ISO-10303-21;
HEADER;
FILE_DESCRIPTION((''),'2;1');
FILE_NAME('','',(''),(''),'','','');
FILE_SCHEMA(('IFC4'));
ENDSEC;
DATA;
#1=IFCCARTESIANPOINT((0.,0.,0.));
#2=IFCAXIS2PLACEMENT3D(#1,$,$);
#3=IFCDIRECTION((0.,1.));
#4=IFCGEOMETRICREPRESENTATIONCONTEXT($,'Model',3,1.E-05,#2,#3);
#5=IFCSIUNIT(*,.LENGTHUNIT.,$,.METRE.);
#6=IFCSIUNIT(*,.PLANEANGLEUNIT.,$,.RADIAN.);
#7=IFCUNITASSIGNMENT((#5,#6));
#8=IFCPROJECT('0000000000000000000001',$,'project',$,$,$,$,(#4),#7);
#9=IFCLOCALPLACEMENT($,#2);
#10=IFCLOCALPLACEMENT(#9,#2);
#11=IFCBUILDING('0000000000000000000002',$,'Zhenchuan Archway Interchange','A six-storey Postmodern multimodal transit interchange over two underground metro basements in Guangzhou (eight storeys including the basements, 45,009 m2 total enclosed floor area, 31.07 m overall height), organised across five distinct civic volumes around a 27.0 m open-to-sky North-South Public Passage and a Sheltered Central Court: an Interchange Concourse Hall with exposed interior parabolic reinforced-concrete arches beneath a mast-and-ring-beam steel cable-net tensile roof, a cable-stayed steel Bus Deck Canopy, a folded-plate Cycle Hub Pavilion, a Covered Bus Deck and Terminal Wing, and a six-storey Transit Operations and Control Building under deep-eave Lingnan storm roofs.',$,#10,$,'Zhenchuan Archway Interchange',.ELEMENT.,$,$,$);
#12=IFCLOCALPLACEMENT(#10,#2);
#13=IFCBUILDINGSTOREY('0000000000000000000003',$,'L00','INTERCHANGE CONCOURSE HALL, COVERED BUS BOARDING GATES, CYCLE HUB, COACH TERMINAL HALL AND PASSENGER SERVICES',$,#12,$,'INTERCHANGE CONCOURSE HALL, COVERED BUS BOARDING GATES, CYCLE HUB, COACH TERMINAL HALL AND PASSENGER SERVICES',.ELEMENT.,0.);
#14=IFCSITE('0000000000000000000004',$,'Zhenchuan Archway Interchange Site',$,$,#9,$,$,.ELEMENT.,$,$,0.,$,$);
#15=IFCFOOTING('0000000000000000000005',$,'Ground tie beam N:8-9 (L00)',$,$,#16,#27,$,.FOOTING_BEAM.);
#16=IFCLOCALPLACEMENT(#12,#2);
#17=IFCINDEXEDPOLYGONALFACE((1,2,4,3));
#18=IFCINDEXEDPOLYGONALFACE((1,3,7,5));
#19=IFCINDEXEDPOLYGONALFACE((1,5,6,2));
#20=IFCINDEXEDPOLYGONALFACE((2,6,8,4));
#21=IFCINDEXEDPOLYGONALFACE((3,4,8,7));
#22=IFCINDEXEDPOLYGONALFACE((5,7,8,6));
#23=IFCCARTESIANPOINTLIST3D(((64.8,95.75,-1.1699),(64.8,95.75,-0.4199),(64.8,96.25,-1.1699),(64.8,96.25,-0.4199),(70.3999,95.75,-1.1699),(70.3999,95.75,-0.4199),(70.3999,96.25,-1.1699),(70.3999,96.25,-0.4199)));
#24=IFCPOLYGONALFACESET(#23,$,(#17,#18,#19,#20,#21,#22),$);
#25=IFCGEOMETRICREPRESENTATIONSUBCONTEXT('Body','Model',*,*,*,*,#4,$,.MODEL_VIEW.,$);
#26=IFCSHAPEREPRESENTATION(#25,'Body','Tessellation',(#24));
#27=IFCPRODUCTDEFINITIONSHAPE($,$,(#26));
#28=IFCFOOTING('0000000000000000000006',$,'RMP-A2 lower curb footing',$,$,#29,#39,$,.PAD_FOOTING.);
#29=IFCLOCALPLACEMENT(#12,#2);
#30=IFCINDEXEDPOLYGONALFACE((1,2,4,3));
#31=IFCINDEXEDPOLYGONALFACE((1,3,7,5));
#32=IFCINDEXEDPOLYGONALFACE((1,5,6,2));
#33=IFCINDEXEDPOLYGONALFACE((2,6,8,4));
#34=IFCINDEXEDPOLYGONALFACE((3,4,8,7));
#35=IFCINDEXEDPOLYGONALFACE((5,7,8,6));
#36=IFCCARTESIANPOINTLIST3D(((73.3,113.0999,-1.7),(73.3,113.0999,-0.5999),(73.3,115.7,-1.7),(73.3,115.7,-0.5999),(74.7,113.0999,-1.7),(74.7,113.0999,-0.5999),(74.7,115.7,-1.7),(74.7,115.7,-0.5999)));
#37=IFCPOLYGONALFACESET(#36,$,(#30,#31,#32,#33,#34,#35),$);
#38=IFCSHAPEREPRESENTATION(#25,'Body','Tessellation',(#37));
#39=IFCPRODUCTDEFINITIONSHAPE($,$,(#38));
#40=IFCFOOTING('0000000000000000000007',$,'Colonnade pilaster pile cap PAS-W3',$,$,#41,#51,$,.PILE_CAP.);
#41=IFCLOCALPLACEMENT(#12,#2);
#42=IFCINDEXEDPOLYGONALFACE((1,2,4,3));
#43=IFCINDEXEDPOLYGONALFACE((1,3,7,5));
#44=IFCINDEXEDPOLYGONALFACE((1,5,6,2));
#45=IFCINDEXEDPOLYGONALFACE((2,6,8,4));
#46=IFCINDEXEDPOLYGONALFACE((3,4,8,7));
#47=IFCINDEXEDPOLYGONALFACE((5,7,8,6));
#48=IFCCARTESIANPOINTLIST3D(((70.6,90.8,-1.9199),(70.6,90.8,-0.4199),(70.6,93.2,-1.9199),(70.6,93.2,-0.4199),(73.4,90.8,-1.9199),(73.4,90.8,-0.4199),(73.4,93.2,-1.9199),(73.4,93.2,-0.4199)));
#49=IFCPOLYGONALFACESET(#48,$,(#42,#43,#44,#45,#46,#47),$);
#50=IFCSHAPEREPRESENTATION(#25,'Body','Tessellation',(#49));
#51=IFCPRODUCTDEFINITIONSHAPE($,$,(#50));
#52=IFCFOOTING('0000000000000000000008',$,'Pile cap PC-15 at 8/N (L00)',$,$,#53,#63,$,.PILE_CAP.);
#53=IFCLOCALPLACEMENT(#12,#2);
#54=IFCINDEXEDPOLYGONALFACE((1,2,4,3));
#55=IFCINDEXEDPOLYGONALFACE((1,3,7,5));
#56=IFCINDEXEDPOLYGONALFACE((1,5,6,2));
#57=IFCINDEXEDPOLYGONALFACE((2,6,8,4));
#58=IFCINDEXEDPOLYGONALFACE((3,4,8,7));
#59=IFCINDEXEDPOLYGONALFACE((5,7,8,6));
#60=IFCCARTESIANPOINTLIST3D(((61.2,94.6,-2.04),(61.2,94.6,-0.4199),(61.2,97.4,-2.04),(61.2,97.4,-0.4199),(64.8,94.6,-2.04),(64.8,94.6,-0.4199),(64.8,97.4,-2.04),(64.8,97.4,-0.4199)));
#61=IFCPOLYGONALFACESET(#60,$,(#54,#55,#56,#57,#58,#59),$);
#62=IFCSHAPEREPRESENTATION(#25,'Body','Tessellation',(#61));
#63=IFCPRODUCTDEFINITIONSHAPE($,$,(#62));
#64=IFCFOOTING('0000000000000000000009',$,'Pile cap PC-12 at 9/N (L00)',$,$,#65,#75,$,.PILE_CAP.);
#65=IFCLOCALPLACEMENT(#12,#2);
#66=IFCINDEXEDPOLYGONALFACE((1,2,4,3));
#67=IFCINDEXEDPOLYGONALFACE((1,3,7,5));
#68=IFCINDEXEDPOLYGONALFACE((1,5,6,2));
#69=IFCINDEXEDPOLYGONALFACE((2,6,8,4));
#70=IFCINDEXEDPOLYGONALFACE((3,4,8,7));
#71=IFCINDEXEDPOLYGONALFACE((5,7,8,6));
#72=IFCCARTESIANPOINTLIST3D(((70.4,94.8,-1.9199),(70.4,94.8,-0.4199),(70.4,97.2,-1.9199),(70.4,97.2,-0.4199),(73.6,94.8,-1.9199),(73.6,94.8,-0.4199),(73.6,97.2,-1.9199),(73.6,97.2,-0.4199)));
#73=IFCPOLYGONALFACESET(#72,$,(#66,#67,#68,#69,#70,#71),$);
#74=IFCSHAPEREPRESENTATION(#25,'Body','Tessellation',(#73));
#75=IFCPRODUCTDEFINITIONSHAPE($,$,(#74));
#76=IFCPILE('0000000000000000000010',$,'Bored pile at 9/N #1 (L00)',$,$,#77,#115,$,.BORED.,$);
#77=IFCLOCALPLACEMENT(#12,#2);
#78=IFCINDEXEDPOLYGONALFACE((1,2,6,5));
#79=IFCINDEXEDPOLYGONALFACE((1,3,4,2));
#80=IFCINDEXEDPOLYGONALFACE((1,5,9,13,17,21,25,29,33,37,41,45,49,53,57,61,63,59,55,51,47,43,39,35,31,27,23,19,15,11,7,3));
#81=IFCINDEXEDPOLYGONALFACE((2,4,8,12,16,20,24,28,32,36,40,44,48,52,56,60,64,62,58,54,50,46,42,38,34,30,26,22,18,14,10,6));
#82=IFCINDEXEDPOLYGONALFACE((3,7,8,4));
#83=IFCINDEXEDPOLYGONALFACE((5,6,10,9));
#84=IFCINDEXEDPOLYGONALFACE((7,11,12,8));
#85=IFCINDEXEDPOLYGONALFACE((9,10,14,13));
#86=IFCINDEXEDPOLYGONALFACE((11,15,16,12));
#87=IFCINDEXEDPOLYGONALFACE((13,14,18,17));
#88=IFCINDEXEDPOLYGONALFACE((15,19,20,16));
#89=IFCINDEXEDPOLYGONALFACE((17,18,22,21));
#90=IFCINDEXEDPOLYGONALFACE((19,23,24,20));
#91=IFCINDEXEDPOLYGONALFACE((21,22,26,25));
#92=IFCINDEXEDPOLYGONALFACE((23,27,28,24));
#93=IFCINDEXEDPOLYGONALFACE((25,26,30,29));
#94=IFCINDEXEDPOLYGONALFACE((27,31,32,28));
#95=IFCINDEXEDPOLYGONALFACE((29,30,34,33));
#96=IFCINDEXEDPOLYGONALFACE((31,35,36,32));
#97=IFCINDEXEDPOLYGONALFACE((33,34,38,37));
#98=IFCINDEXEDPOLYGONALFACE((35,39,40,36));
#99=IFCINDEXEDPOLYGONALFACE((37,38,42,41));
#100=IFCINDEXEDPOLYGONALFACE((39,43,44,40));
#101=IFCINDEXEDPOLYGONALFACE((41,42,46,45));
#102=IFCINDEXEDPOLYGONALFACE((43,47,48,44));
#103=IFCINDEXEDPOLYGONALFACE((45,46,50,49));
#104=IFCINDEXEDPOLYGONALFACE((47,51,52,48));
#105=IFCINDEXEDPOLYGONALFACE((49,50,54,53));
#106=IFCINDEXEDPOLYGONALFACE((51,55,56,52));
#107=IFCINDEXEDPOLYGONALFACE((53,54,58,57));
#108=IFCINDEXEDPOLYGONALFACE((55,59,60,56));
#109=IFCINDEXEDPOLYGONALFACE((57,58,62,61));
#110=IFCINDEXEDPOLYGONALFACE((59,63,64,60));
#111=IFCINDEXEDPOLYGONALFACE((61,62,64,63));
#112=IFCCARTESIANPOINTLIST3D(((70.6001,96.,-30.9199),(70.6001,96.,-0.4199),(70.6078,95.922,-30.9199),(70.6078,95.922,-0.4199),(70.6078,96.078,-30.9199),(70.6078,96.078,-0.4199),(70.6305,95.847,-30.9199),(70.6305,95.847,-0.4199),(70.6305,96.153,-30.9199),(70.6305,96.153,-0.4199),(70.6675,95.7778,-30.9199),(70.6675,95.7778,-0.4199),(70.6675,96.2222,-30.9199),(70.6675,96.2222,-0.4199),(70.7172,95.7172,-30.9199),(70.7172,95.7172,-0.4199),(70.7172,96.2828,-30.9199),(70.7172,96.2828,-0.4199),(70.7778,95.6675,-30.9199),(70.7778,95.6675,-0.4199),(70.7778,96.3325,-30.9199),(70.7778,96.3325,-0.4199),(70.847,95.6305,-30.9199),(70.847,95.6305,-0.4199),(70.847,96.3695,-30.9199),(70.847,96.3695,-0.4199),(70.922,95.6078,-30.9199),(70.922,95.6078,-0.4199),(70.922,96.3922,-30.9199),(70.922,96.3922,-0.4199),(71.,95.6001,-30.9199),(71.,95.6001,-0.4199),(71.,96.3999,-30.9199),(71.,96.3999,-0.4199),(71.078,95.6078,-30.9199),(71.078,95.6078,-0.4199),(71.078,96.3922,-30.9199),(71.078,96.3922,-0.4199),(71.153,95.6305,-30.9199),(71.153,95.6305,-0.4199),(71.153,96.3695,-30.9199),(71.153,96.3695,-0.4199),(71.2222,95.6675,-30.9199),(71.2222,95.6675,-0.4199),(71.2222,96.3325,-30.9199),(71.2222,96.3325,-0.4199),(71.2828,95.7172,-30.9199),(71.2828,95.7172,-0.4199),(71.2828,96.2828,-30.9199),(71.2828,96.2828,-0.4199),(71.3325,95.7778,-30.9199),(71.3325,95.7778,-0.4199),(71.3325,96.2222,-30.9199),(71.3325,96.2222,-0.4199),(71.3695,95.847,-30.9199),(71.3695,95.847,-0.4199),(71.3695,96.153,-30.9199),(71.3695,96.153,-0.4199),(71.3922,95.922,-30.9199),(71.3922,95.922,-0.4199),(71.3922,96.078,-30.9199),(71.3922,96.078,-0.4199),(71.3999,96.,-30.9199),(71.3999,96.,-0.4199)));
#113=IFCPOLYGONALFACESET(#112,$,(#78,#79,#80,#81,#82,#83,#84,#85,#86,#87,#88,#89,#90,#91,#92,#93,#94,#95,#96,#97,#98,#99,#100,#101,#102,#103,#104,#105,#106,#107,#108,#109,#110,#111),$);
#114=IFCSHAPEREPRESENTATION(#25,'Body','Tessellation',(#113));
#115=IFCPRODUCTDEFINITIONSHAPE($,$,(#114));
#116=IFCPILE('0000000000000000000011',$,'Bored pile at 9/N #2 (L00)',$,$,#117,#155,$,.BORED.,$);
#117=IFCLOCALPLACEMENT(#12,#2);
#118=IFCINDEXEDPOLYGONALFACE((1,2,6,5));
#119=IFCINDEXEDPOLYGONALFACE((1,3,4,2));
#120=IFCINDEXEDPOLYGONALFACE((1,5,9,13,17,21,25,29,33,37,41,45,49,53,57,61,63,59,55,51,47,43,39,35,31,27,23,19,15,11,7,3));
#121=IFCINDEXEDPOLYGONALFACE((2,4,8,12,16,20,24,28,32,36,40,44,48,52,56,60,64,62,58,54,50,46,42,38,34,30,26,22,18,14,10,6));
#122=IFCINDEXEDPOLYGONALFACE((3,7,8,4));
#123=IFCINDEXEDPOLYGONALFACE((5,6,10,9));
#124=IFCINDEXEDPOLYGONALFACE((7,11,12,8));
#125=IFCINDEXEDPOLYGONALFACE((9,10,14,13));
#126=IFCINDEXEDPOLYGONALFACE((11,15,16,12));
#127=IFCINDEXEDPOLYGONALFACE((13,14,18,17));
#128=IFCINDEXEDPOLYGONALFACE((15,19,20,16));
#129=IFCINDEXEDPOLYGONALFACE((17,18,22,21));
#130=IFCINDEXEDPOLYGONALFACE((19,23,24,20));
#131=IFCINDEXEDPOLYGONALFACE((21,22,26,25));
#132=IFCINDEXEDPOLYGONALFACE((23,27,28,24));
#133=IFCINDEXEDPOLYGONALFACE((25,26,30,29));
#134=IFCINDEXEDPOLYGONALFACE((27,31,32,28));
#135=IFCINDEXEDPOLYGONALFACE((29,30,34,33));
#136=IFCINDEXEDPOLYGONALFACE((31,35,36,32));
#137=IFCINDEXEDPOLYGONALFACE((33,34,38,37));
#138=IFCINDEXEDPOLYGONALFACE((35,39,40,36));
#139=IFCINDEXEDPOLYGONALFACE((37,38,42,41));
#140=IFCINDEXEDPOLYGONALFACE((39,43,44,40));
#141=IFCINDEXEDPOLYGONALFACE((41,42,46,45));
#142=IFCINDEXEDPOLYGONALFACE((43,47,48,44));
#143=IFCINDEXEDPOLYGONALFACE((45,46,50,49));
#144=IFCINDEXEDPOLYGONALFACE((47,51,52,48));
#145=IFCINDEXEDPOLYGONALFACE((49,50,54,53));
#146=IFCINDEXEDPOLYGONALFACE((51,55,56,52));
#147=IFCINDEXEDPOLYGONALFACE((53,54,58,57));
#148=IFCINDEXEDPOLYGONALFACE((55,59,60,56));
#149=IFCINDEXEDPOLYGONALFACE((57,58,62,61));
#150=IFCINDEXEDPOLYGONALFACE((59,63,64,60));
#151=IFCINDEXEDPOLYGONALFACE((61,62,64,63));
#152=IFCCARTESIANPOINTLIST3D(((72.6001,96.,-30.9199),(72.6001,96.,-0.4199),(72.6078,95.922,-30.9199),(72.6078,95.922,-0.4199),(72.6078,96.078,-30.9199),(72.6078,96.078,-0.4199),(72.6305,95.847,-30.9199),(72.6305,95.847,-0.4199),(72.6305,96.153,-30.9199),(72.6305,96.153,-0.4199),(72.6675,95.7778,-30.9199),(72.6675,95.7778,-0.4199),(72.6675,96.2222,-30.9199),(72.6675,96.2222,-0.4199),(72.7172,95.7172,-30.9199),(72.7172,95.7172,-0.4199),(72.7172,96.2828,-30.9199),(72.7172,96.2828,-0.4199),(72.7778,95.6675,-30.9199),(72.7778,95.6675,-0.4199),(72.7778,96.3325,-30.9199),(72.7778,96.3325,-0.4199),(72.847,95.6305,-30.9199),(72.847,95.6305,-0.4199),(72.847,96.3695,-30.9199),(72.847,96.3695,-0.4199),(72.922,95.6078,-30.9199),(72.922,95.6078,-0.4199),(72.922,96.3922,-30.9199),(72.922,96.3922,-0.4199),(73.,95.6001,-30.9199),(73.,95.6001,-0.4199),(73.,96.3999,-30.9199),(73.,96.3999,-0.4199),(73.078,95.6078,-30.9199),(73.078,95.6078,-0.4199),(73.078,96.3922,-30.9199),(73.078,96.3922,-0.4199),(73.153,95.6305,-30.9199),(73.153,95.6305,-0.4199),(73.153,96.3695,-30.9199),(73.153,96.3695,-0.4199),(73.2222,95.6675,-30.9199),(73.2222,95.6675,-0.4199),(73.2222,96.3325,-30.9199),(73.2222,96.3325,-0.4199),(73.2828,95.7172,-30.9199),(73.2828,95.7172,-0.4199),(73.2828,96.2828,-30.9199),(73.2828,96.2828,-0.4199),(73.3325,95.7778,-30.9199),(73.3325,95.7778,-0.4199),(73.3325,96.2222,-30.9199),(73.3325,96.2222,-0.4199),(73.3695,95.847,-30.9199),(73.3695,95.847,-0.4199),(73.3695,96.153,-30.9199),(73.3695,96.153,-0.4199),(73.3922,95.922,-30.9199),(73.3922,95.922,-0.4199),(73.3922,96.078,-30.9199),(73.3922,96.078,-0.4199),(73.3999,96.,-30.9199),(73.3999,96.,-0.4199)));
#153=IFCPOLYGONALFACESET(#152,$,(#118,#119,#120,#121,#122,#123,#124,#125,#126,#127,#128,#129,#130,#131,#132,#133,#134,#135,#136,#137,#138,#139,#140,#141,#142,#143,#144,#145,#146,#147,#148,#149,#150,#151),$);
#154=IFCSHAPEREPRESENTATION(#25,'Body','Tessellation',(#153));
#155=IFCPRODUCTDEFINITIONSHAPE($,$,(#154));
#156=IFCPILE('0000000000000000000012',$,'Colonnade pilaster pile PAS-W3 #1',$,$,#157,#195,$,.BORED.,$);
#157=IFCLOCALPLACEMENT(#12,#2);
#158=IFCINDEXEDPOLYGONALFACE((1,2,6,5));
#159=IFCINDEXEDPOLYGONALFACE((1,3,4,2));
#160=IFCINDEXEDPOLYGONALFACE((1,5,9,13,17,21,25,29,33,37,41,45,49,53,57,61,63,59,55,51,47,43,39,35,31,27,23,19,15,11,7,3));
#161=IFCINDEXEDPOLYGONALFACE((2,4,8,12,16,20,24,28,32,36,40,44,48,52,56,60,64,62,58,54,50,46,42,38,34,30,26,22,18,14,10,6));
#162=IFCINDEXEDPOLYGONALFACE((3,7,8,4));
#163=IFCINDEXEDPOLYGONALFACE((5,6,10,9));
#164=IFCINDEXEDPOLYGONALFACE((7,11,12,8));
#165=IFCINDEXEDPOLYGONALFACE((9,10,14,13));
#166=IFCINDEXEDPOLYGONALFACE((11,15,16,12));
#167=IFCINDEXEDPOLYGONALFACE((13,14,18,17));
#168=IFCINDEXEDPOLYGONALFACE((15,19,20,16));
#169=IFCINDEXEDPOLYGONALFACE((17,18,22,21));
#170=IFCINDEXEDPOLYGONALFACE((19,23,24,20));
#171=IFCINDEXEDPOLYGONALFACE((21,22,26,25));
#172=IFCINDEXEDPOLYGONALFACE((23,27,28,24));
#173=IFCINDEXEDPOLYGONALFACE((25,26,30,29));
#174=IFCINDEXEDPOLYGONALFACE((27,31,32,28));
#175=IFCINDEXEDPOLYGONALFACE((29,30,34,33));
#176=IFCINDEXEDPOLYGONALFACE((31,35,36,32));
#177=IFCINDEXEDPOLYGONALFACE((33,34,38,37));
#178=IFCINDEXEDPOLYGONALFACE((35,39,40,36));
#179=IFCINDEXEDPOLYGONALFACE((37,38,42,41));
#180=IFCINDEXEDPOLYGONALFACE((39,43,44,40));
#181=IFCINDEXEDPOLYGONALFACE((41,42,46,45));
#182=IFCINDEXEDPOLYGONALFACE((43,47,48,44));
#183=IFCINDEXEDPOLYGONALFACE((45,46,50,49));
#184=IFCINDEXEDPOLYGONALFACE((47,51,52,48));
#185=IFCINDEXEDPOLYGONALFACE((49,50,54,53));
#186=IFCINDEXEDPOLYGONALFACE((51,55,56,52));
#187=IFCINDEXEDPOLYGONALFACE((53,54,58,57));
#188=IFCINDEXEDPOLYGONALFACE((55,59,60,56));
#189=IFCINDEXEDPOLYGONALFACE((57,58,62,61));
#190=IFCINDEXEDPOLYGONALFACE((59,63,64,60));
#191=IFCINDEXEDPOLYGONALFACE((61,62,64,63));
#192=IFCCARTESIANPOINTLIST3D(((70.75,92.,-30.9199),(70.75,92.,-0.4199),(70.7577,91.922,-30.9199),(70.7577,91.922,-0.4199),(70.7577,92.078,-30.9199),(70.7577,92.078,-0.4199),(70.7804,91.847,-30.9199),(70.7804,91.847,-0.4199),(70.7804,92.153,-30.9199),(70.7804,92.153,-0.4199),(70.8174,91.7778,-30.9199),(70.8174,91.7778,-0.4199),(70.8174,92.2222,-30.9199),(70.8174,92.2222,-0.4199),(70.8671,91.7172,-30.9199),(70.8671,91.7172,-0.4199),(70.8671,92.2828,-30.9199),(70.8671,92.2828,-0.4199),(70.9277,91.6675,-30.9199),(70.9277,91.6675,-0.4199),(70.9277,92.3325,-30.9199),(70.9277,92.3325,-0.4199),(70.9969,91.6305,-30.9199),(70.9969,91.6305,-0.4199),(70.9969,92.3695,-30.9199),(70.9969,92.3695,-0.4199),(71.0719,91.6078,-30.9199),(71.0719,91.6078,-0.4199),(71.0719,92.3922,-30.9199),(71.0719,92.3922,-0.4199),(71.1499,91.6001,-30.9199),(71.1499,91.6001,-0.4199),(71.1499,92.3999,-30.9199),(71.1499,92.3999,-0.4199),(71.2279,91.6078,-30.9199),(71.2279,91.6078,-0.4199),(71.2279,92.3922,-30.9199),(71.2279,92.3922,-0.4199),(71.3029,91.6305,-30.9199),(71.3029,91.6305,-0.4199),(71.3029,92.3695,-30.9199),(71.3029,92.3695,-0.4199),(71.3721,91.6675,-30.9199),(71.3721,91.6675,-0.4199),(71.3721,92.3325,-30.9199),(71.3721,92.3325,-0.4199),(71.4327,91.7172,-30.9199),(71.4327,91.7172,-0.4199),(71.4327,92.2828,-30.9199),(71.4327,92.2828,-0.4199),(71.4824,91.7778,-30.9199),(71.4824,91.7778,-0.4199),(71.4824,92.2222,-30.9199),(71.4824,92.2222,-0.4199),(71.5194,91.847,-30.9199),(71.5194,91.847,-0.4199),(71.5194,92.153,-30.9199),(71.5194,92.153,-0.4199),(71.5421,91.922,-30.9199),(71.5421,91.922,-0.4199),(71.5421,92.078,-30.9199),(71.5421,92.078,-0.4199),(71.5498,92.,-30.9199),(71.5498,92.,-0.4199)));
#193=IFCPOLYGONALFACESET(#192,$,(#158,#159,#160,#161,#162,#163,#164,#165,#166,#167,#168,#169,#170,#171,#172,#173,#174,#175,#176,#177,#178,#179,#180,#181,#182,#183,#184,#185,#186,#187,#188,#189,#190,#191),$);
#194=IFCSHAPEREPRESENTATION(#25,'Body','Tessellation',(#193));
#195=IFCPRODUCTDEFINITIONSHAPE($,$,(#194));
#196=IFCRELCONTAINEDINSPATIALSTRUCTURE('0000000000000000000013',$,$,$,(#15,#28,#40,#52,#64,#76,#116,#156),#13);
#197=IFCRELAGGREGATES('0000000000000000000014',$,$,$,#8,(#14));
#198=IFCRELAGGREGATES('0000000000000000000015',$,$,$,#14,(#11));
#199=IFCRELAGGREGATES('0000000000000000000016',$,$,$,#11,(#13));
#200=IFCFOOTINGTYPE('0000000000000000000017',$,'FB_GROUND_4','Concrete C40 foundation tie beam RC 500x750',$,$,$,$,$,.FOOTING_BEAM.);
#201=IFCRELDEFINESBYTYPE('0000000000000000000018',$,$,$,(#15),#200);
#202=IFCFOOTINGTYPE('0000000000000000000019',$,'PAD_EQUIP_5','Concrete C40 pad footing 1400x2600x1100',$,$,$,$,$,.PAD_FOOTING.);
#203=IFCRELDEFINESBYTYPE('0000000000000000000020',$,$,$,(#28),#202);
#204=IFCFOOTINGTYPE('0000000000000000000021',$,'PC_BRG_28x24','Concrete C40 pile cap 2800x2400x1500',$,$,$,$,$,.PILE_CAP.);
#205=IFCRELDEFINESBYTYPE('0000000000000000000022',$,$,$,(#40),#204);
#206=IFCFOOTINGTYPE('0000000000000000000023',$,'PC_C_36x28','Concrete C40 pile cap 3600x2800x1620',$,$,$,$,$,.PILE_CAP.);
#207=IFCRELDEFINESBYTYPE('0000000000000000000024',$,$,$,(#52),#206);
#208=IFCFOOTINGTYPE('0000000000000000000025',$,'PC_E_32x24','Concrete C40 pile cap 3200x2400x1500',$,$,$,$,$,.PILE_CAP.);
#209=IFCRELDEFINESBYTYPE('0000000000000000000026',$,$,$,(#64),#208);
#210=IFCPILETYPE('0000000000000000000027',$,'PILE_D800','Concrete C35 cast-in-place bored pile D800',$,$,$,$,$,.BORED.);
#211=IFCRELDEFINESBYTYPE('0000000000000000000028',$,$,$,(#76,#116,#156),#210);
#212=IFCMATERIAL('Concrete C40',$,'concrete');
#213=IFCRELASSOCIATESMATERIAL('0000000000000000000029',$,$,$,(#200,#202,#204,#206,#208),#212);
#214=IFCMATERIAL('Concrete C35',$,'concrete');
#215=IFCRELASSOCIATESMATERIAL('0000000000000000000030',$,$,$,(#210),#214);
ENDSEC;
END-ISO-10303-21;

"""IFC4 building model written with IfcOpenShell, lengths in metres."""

from ifc_helpers import new_model, si_unit, direction, frame, origin, origin_2d, place, context, subcontext, project, spatial, rectangle, circle, extrude, material, material_profile, profile_set, type_object, element, save


model = new_model("IFC4")

# Units and contexts
model_context = context("Model", 3, precision=1e-05, world=origin(), true_north=direction((0.0, 1.0)))
body_context = subcontext(model_context, "Body", "Model", "MODEL_VIEW")
ifc_project = project(units=[si_unit("LENGTHUNIT", "METRE"), si_unit("PLANEANGLEUNIT", "RADIAN")], contexts=[model_context])

# Site, building, storey
site_placement = place(None, origin())
site = spatial("IfcSite", under=ifc_project, at=site_placement, Name="Zhenchuan Archway Interchange Site", CompositionType="ELEMENT", RefElevation=0.0)
building_placement = place(site_placement, origin())
building = spatial("IfcBuilding", under=site, at=building_placement, Name="Zhenchuan Archway Interchange", Description="A six-storey Postmodern multimodal transit interchange over two underground metro basements in Guangzhou (eight storeys including the basements, 45,009 m2 total enclosed floor area, 31.07 m overall height), organised across five distinct civic volumes around a 27.0 m open-to-sky North-South Public Passage and a Sheltered Central Court: an Interchange Concourse Hall with exposed interior parabolic reinforced-concrete arches beneath a mast-and-ring-beam steel cable-net tensile roof, a cable-stayed steel Bus Deck Canopy, a folded-plate Cycle Hub Pavilion, a Covered Bus Deck and Terminal Wing, and a six-storey Transit Operations and Control Building under deep-eave Lingnan storm roofs.", LongName="Zhenchuan Archway Interchange", CompositionType="ELEMENT")
storey_placement = place(building_placement, origin())
storey = spatial("IfcBuildingStorey", under=building, at=storey_placement, Name="L00", Description="INTERCHANGE CONCOURSE HALL, COVERED BUS BOARDING GATES, CYCLE HUB, COACH TERMINAL HALL AND PASSENGER SERVICES", LongName="INTERCHANGE CONCOURSE HALL, COVERED BUS BOARDING GATES, CYCLE HUB, COACH TERMINAL HALL AND PASSENGER SERVICES", CompositionType="ELEMENT", Elevation=0.0)

# Footings
ifc_material_1 = material(Name="Concrete C40", Category="concrete")
ifc_material_profile_1 = material_profile(ifc_material_1, rectangle(XDim=0.5, YDim=0.75, at=origin_2d()), Name="RC 500x750")
ifc_profile_set_1 = profile_set([ifc_material_profile_1], Name="Concrete C40")
footing_type_1 = type_object("IfcFootingType", Name="FB_GROUND_4", Description="Concrete C40 foundation tie beam RC 500x750", PredefinedType="FOOTING_BEAM", material=ifc_profile_set_1)
footing_1_placement = place(storey_placement, frame((64.8, 96.0, -0.7949), z_axis=(1.0, 0.0, 0.0), x_axis=(0.0, 1.0, 0.0)))
element("IfcFooting", 1, at=footing_1_placement, inside=storey, type_object=footing_type_1, Name="Ground tie beam N:8-9 (L00)", PredefinedType="FOOTING_BEAM", context=body_context, shape_type="SweptSolid", body=[
    extrude(rectangle(XDim=0.5, YDim=0.75, at=origin_2d()), origin(), (0.0, 0.0, 1.0), 5.5999),
])
footing_type_2 = type_object("IfcFootingType", Name="PAD_EQUIP_5", Description="Concrete C40 pad footing 1400x2600x1100", PredefinedType="PAD_FOOTING", material=ifc_material_1)
footing_2_placement = place(storey_placement, frame((74.0, 114.3999, -1.7), z_axis=(0.0, 0.0, 1.0), x_axis=(1.0, 0.0, 0.0)))
element("IfcFooting", 2, at=footing_2_placement, inside=storey, type_object=footing_type_2, Name="RMP-A2 lower curb footing", PredefinedType="PAD_FOOTING", context=body_context, shape_type="SweptSolid", body=[
    extrude(rectangle(XDim=1.3999, YDim=2.6001, at=origin_2d()), origin(), (0.0, 0.0, 1.0), 1.1001),
])
footing_type_3 = type_object("IfcFootingType", Name="PC_BRG_28x24", Description="Concrete C40 pile cap 2800x2400x1500", PredefinedType="PILE_CAP", material=ifc_material_1)
footing_3_placement = place(storey_placement, frame((72.0, 92.0, -1.9199), z_axis=(0.0, 0.0, 1.0), x_axis=(1.0, 0.0, 0.0)))
element("IfcFooting", 3, at=footing_3_placement, inside=storey, type_object=footing_type_3, Name="Colonnade pilaster pile cap PAS-W3", PredefinedType="PILE_CAP", context=body_context, shape_type="SweptSolid", body=[
    extrude(rectangle(XDim=2.8, YDim=2.3999, at=origin_2d()), origin(), (0.0, 0.0, 1.0), 1.5),
])
footing_type_4 = type_object("IfcFootingType", Name="PC_C_36x28", Description="Concrete C40 pile cap 3600x2800x1620", PredefinedType="PILE_CAP", material=ifc_material_1)
footing_4_placement = place(storey_placement, frame((63.0, 96.0, -2.04), z_axis=(0.0, 0.0, 1.0), x_axis=(1.0, 0.0, 0.0)))
element("IfcFooting", 4, at=footing_4_placement, inside=storey, type_object=footing_type_4, Name="Pile cap PC-15 at 8/N (L00)", PredefinedType="PILE_CAP", context=body_context, shape_type="SweptSolid", body=[
    extrude(rectangle(XDim=3.6001, YDim=2.8, at=origin_2d()), origin(), (0.0, 0.0, 1.0), 1.6201),
])
footing_type_5 = type_object("IfcFootingType", Name="PC_E_32x24", Description="Concrete C40 pile cap 3200x2400x1500", PredefinedType="PILE_CAP", material=ifc_material_1)
footing_5_placement = place(storey_placement, frame((72.0, 96.0, -1.9199), z_axis=(0.0, 0.0, 1.0), x_axis=(1.0, 0.0, 0.0)))
element("IfcFooting", 5, at=footing_5_placement, inside=storey, type_object=footing_type_5, Name="Pile cap PC-12 at 9/N (L00)", PredefinedType="PILE_CAP", context=body_context, shape_type="SweptSolid", body=[
    extrude(rectangle(XDim=3.2, YDim=2.3999, at=origin_2d()), origin(), (0.0, 0.0, 1.0), 1.5),
])

# Piles
ifc_material_2 = material(Name="Concrete C35", Category="concrete")
ifc_material_profile_2 = material_profile(ifc_material_2, circle(Radius=0.3999, at=origin_2d()), Name="BORED PILE 800")
ifc_profile_set_2 = profile_set([ifc_material_profile_2], Name="Concrete C35")
pile_type_1 = type_object("IfcPileType", Name="PILE_D800", Description="Concrete C35 cast-in-place bored pile D800", PredefinedType="BORED", material=ifc_profile_set_2)
for number, where, z_axis, x_axis, name in (
    (6, (71.0, 96.0, -0.4199), (0.0, 0.0, -1.0), (1.0, 0.0, 0.0), "Bored pile at 9/N #1 (L00)"),
    (7, (73.0, 96.0, -0.4199), (0.0, 0.0, -1.0), (1.0, 0.0, 0.0), "Bored pile at 9/N #2 (L00)"),
    (8, (71.1499, 92.0, -0.4199), (0.0, 0.0, -1.0), (1.0, 0.0, 0.0), "Colonnade pilaster pile PAS-W3 #1"),
):
    element("IfcPile", number, at=place(storey_placement, frame(where, z_axis=z_axis, x_axis=x_axis)), inside=storey, type_object=pile_type_1, Name=name, PredefinedType="BORED", context=body_context, shape_type="SweptSolid", body=[
        extrude(circle(Radius=0.3999, at=origin_2d()), origin(), (0.0, 0.0, 1.0), 30.5),
    ])

save(model, "model.ifc")
